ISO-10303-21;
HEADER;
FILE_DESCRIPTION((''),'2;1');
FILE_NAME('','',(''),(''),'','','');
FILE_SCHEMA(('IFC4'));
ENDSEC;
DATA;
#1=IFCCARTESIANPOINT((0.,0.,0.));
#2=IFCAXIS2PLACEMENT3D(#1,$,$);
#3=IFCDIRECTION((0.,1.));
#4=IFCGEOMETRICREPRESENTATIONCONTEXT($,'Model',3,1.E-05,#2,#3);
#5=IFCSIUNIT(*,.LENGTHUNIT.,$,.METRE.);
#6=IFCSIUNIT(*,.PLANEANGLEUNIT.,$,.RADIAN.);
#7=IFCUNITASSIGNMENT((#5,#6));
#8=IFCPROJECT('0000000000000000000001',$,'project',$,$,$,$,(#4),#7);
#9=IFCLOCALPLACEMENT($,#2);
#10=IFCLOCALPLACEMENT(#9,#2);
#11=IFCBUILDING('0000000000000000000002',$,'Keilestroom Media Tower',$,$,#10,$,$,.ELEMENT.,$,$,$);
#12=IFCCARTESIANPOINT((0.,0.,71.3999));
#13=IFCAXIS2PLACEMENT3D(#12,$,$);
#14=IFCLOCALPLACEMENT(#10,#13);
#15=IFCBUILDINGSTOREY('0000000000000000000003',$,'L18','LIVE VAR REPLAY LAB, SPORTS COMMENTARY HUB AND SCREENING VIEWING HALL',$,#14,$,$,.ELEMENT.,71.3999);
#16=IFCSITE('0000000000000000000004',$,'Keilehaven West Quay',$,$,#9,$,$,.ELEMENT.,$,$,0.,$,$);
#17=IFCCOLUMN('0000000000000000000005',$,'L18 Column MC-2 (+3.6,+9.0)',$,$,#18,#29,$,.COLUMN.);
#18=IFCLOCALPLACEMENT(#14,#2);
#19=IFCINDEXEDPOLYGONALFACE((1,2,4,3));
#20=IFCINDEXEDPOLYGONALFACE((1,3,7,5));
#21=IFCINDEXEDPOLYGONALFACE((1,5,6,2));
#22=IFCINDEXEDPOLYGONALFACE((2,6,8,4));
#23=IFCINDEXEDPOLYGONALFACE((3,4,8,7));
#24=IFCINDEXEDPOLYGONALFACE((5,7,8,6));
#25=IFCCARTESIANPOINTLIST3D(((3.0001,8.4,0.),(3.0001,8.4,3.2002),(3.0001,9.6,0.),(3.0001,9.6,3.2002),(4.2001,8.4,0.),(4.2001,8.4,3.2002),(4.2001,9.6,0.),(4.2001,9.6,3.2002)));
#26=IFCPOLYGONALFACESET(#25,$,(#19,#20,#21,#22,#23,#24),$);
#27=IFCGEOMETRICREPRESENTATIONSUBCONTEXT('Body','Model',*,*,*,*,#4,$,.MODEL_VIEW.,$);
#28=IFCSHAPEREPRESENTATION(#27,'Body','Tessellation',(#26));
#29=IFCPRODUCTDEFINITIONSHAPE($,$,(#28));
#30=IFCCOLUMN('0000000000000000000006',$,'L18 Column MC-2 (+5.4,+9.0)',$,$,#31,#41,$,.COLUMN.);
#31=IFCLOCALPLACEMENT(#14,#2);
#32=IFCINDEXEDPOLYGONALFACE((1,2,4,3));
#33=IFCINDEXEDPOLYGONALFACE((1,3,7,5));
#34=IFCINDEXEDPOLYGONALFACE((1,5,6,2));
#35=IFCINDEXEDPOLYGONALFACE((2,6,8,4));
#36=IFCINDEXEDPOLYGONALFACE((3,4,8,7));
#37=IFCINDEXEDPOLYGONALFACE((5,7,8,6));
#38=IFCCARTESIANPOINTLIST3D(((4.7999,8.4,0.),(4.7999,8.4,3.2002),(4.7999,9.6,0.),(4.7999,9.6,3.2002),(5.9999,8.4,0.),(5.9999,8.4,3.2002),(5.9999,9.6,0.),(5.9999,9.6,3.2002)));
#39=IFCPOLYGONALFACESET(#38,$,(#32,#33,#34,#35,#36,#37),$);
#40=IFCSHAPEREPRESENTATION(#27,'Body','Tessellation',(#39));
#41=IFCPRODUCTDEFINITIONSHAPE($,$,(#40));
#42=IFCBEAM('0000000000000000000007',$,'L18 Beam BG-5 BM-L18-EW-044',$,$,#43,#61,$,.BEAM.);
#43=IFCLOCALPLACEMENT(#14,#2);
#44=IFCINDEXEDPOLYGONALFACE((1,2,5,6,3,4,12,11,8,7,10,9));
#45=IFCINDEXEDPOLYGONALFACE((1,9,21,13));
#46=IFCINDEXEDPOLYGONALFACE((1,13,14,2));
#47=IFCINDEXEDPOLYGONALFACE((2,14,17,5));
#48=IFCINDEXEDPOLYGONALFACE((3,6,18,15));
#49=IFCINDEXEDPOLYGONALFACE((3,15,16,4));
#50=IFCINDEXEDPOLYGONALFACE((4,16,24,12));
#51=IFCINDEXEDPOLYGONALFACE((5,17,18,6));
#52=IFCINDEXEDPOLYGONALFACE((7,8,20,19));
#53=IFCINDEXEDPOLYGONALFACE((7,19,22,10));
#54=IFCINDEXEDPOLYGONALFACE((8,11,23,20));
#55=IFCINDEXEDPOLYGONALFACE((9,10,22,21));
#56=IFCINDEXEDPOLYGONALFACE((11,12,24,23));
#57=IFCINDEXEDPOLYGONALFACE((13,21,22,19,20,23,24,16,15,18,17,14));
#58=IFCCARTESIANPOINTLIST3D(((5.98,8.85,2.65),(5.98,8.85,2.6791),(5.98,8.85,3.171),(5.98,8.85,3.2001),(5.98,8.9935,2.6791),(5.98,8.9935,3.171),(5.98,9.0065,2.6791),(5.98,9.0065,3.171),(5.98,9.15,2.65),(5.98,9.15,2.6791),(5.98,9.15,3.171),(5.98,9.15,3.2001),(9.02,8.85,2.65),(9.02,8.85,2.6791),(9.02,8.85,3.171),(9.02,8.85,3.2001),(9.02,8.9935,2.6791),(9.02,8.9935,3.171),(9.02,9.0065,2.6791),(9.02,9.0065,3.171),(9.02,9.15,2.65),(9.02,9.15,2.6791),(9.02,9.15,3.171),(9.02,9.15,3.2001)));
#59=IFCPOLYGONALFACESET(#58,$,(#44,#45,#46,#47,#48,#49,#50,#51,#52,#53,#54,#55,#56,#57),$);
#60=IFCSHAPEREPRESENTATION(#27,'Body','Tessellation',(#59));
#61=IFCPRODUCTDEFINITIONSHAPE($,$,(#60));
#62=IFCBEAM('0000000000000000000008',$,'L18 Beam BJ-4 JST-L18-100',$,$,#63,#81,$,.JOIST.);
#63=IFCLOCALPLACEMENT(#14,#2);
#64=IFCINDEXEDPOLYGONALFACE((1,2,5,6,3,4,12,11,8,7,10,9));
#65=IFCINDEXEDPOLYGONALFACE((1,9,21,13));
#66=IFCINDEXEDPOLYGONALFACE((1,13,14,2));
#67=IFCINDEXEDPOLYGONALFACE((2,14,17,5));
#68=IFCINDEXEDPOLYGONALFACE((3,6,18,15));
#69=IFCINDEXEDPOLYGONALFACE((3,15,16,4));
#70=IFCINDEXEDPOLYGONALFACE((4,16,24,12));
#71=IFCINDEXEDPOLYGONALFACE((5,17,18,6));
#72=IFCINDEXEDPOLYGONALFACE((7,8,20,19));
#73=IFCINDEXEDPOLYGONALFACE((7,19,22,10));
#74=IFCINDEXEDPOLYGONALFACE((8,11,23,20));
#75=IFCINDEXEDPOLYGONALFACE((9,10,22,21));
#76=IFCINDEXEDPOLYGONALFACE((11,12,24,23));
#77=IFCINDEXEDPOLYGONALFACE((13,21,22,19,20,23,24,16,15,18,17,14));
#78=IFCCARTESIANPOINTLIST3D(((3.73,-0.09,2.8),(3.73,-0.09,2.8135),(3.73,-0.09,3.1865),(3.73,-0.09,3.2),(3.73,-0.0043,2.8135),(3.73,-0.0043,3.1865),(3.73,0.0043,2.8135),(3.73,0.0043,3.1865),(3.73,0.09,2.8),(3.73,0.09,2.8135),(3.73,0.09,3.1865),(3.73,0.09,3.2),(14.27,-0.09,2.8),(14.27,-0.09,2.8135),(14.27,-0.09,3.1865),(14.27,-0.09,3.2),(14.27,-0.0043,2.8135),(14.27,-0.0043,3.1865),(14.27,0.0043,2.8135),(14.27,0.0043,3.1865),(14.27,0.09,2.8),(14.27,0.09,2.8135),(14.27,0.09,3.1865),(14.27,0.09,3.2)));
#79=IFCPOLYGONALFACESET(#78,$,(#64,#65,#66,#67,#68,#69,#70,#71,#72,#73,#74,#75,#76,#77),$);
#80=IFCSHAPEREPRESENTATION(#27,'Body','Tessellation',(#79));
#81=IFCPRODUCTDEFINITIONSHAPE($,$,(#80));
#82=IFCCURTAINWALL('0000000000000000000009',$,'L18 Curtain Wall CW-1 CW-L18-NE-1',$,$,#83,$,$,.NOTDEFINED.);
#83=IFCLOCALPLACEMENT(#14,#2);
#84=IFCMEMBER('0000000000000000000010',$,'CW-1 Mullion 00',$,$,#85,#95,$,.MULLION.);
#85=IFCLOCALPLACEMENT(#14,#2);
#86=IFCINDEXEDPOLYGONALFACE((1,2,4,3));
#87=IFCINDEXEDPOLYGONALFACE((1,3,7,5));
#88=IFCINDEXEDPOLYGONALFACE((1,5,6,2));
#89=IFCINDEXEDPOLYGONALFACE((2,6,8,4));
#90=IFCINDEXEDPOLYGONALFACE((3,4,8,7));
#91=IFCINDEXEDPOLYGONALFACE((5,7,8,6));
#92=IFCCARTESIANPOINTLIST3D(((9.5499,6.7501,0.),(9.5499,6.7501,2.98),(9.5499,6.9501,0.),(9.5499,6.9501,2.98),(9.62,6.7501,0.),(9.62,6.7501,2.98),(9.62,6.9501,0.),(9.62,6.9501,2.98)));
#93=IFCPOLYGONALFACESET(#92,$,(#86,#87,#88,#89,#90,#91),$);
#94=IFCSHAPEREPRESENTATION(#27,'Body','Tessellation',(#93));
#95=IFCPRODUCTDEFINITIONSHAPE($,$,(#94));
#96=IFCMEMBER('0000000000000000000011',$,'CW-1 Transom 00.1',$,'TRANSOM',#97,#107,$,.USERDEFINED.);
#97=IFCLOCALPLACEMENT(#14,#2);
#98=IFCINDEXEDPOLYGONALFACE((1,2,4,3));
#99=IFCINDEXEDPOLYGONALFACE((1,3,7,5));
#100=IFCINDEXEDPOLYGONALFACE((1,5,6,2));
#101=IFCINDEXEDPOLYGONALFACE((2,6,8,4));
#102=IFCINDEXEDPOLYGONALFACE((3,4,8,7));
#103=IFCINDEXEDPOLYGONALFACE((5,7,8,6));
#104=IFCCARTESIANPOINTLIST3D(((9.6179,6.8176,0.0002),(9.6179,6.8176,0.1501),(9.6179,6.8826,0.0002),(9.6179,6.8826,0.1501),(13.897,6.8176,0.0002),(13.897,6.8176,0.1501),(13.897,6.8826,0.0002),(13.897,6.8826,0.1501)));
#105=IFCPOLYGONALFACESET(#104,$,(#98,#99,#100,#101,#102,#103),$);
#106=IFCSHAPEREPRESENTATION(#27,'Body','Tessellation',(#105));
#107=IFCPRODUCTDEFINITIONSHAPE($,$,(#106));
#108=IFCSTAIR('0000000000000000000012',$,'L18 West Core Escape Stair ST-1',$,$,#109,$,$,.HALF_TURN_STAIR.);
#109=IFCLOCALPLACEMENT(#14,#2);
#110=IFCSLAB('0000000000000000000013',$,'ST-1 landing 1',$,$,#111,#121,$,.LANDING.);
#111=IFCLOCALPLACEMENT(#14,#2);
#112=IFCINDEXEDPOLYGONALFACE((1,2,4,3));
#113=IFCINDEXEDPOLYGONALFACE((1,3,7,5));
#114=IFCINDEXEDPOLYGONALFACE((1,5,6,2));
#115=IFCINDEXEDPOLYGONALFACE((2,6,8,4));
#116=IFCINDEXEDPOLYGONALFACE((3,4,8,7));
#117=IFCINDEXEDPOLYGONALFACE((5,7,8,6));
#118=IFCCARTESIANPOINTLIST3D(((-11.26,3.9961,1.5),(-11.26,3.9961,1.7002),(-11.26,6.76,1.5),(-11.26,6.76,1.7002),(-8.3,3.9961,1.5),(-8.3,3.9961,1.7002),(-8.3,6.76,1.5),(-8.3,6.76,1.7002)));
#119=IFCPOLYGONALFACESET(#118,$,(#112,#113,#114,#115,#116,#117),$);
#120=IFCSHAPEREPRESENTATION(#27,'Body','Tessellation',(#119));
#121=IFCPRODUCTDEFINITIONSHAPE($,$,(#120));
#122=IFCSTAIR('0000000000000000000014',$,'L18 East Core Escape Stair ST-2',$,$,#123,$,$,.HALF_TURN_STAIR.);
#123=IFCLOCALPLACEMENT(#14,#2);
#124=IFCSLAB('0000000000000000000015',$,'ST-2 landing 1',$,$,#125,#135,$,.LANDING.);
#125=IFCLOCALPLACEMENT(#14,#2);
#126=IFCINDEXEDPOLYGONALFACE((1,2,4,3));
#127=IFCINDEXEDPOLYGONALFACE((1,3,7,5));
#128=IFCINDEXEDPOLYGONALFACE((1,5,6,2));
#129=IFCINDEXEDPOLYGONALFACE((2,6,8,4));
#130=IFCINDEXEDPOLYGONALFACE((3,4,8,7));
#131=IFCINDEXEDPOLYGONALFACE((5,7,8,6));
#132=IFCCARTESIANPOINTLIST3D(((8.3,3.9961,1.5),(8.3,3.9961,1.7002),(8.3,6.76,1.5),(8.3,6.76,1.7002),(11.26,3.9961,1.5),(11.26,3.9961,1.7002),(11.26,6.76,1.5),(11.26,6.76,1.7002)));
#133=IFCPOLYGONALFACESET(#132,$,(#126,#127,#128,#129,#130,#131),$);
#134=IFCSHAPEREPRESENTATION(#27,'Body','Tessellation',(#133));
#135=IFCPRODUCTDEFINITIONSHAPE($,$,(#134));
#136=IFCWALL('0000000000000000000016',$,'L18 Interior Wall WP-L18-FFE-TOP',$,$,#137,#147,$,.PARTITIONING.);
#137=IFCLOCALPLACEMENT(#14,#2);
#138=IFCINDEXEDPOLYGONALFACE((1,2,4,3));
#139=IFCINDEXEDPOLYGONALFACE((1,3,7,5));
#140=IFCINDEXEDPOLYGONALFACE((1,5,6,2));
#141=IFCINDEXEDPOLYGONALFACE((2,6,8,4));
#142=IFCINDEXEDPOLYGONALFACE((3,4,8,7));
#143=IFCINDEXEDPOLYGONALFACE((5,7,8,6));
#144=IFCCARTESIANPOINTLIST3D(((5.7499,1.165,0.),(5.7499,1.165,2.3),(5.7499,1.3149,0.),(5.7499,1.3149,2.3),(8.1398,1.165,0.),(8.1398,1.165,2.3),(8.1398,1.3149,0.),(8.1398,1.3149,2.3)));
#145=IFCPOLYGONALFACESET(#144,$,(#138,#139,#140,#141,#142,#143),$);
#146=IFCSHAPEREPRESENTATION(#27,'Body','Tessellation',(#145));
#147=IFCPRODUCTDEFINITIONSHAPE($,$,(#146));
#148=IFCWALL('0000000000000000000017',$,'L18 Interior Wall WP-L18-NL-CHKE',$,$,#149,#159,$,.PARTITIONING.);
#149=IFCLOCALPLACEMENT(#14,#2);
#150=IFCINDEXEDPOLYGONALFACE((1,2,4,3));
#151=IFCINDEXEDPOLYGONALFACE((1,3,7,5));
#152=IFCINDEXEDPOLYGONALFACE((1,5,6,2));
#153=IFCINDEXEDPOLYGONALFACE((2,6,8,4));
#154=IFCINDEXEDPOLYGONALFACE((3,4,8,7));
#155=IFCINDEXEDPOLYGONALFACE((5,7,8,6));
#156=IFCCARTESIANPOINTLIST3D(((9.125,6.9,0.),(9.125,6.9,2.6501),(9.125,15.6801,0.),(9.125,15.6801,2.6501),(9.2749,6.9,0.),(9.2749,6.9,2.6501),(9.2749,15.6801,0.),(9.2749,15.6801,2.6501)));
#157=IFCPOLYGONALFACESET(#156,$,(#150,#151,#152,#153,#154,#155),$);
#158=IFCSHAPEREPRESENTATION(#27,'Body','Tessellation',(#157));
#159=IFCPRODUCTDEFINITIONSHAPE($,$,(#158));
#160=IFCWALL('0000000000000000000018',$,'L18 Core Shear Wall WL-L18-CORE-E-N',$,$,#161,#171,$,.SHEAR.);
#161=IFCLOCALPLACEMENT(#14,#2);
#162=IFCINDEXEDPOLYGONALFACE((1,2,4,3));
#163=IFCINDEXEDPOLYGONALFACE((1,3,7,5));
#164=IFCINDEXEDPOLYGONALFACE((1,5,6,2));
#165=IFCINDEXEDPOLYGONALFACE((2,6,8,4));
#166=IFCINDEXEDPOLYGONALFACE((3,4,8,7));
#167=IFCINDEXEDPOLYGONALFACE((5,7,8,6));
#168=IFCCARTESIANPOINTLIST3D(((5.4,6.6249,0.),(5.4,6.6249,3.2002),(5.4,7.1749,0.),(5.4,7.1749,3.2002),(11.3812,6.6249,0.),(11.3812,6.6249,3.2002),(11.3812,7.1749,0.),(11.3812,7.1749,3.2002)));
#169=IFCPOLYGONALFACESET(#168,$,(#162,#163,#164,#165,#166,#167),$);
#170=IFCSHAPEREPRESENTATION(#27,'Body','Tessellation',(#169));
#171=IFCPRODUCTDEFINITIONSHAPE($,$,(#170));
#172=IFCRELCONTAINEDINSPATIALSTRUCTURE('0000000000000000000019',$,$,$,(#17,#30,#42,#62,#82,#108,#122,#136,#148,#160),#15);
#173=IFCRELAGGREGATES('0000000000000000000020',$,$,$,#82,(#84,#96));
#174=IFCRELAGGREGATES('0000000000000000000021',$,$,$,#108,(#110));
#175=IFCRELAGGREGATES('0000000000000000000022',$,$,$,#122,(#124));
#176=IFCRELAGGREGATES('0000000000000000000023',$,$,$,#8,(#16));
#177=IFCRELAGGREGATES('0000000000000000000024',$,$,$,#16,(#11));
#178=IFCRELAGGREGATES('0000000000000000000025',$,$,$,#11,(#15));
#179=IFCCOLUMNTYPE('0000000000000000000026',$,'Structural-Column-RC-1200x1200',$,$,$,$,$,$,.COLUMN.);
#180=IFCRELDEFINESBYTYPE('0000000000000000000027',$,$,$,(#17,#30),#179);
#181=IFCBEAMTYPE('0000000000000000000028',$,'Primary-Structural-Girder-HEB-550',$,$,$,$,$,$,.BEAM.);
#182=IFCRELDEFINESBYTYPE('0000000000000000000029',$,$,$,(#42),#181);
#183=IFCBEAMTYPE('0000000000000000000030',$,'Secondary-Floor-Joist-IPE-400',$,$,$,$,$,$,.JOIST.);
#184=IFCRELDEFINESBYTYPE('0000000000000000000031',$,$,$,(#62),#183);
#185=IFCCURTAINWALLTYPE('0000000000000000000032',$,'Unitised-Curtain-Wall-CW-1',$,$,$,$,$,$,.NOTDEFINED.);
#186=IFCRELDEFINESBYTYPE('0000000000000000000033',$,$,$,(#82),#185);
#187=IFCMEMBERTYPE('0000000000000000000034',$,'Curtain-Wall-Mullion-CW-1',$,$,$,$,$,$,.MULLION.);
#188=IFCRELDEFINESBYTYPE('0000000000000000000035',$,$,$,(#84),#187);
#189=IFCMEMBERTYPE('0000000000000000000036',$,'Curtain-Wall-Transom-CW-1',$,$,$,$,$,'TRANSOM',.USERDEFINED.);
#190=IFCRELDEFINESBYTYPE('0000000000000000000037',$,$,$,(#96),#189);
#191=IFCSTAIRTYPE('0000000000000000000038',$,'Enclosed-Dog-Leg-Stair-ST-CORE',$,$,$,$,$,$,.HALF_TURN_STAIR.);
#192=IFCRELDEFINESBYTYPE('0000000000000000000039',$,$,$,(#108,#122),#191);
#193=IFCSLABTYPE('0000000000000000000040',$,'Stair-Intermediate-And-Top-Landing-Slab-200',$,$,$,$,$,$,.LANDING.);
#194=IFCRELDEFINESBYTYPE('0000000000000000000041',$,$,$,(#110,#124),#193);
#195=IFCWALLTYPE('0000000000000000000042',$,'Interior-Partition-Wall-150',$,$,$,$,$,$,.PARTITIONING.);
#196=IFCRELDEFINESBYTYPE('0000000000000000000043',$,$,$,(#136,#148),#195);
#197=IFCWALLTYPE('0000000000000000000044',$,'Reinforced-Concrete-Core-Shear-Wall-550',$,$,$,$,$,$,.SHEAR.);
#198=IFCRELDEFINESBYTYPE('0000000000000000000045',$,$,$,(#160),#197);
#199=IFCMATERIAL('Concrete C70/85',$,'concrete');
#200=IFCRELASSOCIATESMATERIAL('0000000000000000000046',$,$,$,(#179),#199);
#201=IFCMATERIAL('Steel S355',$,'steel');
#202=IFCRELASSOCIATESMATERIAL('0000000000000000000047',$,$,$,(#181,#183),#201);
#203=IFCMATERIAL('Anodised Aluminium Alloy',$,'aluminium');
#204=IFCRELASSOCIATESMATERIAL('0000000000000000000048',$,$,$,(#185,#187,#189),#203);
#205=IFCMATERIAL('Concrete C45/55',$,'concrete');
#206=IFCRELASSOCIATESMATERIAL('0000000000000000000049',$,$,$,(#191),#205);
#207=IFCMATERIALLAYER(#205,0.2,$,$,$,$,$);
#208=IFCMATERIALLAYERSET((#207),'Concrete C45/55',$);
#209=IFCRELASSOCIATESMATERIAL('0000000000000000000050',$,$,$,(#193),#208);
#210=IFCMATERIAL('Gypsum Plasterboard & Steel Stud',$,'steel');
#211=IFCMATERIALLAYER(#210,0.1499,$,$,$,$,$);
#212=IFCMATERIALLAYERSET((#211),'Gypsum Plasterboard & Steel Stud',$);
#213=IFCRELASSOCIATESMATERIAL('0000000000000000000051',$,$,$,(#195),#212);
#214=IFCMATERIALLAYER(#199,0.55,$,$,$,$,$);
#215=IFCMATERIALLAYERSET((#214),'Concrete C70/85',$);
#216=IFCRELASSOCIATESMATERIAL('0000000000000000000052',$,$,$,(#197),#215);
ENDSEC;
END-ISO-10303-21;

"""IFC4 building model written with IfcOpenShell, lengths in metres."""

from ifc_helpers import new_model, si_unit, direction, frame, frame_2d, origin, origin_2d, place, context, subcontext, project, spatial, polyline, rectangle, i_section, outline, extrude, source, transform, mapped, material, layer, layer_set, material_profile, profile_set, type_object, element, aggregate, save


model = new_model("IFC4")

# Units and contexts
model_context = context("Model", 3, precision=1e-05, world=origin(), true_north=direction((0.0, 1.0)))
body_context = subcontext(model_context, "Body", "Model", "MODEL_VIEW")
ifc_project = project(units=[si_unit("LENGTHUNIT", "METRE"), si_unit("PLANEANGLEUNIT", "RADIAN")], contexts=[model_context])

# Site, building, storey
site_placement = place(None, origin())
site = spatial("IfcSite", under=ifc_project, at=site_placement, Name="Keilehaven West Quay", CompositionType="ELEMENT", RefElevation=0.0)
building_placement = place(site_placement, origin())
building = spatial("IfcBuilding", under=site, at=building_placement, Name="Keilestroom Media Tower", CompositionType="ELEMENT")
storey_placement = place(building_placement, frame((0.0, 0.0, 71.3999)))
storey = spatial("IfcBuildingStorey", under=building, at=storey_placement, Name="L18", Description="LIVE VAR REPLAY LAB, SPORTS COMMENTARY HUB AND SCREENING VIEWING HALL", CompositionType="ELEMENT", Elevation=71.3999)

# Columns
ifc_material_1 = material(Name="Concrete C70/85", Category="concrete")
ifc_material_profile_1 = material_profile(ifc_material_1, rectangle(XDim=1.2, YDim=1.2, at=origin_2d()), Name="RC 1200x1200")
ifc_profile_set_1 = profile_set([ifc_material_profile_1], Name="Concrete C70/85")
column_type = type_object("IfcColumnType", Name="Structural-Column-RC-1200x1200", PredefinedType="COLUMN", material=ifc_profile_set_1)
shared_shape_1 = source(origin(), body_context, "Body", "SweptSolid", [
    extrude(rectangle(XDim=1.2, YDim=1.2, at=origin_2d()), origin(), (0.0, 0.0, 1.0), 3.2002),
])
for number, where, z_axis, x_axis, name in (
    (1, (3.6001, 9.0, 0.0), (0.0, 0.0, 1.0), (1.0, 0.0, 0.0), "L18 Column MC-2 (+3.6,+9.0)"),
    (2, (5.3999, 9.0, 0.0), (0.0, 0.0, 1.0), (1.0, 0.0, 0.0), "L18 Column MC-2 (+5.4,+9.0)"),
):
    element("IfcColumn", number, at=place(storey_placement, frame(where, z_axis=z_axis, x_axis=x_axis)), inside=storey, type_object=column_type, Name=name, PredefinedType="COLUMN", context=body_context, shape_type="MappedRepresentation", body=[
        mapped(shared_shape_1, transform((0.0, 0.0, 0.0), x_axis=(1.0, 0.0, 0.0), y_axis=(0.0, 1.0, 0.0), z_axis=(0.0, 0.0, 1.0), scale=1.0)),
    ])

# Beams
ifc_material_2 = material(Name="Steel S355", Category="steel")
ifc_material_profile_2 = material_profile(ifc_material_2, i_section(OverallWidth=0.3, OverallDepth=0.55, WebThickness=0.0129, FlangeThickness=0.0291, at=origin_2d()), Name="HEB 550")
ifc_profile_set_2 = profile_set([ifc_material_profile_2], Name="Steel S355")
beam_type_1 = type_object("IfcBeamType", Name="Primary-Structural-Girder-HEB-550", PredefinedType="BEAM", material=ifc_profile_set_2)
shared_shape_2 = source(origin(), body_context, "Body", "SweptSolid", [
    extrude(i_section(OverallWidth=0.3, OverallDepth=0.55, WebThickness=0.0129, FlangeThickness=0.0291, at=origin_2d()), origin(), (0.0, 0.0, 1.0), 3.04),
])
beam_1_placement = place(storey_placement, frame((5.98, 9.0, 2.925), z_axis=(1.0, 0.0, 0.0), x_axis=(0.0, 1.0, 0.0)))
element("IfcBeam", 3, at=beam_1_placement, inside=storey, type_object=beam_type_1, Name="L18 Beam BG-5 BM-L18-EW-044", PredefinedType="BEAM", context=body_context, shape_type="MappedRepresentation", body=[
    mapped(shared_shape_2, transform((0.0, 0.0, 0.0), x_axis=(1.0, 0.0, 0.0), y_axis=(0.0, 1.0, 0.0), z_axis=(0.0, 0.0, 1.0), scale=1.0)),
])
ifc_material_profile_3 = material_profile(ifc_material_2, i_section(OverallWidth=0.1799, OverallDepth=0.3999, WebThickness=0.0085, FlangeThickness=0.0134, at=origin_2d()), Name="IPE 400")
ifc_profile_set_3 = profile_set([ifc_material_profile_3], Name="Steel S355")
beam_type_2 = type_object("IfcBeamType", Name="Secondary-Floor-Joist-IPE-400", PredefinedType="JOIST", material=ifc_profile_set_3)
shared_shape_3 = source(origin(), body_context, "Body", "SweptSolid", [
    extrude(i_section(OverallWidth=0.1799, OverallDepth=0.3999, WebThickness=0.0085, FlangeThickness=0.0134, at=origin_2d()), origin(), (0.0, 0.0, 1.0), 10.54),
])
beam_2_placement = place(storey_placement, frame((3.73, 0.0, 3.0), z_axis=(1.0, 0.0, 0.0), x_axis=(0.0, 1.0, 0.0)))
element("IfcBeam", 4, at=beam_2_placement, inside=storey, type_object=beam_type_2, Name="L18 Beam BJ-4 JST-L18-100", PredefinedType="JOIST", context=body_context, shape_type="MappedRepresentation", body=[
    mapped(shared_shape_3, transform((0.0, 0.0, 0.0), x_axis=(1.0, 0.0, 0.0), y_axis=(0.0, 1.0, 0.0), z_axis=(0.0, 0.0, 1.0), scale=1.0)),
])

# Curtain wall, members
ifc_material_3 = material(Name="Anodised Aluminium Alloy", Category="aluminium")
curtain_wall_type = type_object("IfcCurtainWallType", Name="Unitised-Curtain-Wall-CW-1", PredefinedType="NOTDEFINED", material=ifc_material_3)
curtain_wall_placement = place(storey_placement, origin())
curtain_wall = element("IfcCurtainWall", 5, at=curtain_wall_placement, inside=storey, type_object=curtain_wall_type, Name="L18 Curtain Wall CW-1 CW-L18-NE-1", PredefinedType="NOTDEFINED")
ifc_material_profile_4 = material_profile(ifc_material_3, rectangle(XDim=0.0701, YDim=0.2, at=origin_2d()), Name="ALU MULLION 70x200")
ifc_profile_set_4 = profile_set([ifc_material_profile_4], Name="Anodised Aluminium Alloy")
member_type_1 = type_object("IfcMemberType", Name="Curtain-Wall-Mullion-CW-1", PredefinedType="MULLION", material=ifc_profile_set_4)
shared_shape_4 = source(origin(), body_context, "Body", "SweptSolid", [
    extrude(rectangle(XDim=0.0701, YDim=0.2, at=origin_2d()), origin(), (0.0, 0.0, 1.0), 2.98),
])
member_1_placement = place(storey_placement, frame((9.585, 6.8501, 0.0), z_axis=(0.0, 0.0, 1.0), x_axis=(1.0, 0.0, 0.0)))
member_1 = element("IfcMember", 6, at=member_1_placement, type_object=member_type_1, Name="CW-1 Mullion 00", PredefinedType="MULLION", context=body_context, shape_type="MappedRepresentation", body=[
    mapped(shared_shape_4, transform((0.0, 0.0, 0.0), x_axis=(1.0, 0.0, 0.0), y_axis=(0.0, 1.0, 0.0), z_axis=(0.0, 0.0, 1.0), scale=1.0)),
])
ifc_material_profile_5 = material_profile(ifc_material_3, rectangle(XDim=0.0649, YDim=0.1499, at=origin_2d()), Name="ALU TRANSOM 65x150")
ifc_profile_set_5 = profile_set([ifc_material_profile_5], Name="Anodised Aluminium Alloy")
member_type_2 = type_object("IfcMemberType", Name="Curtain-Wall-Transom-CW-1", ElementType="TRANSOM", PredefinedType="USERDEFINED", material=ifc_profile_set_5)
shared_shape_5 = source(origin(), body_context, "Body", "SweptSolid", [
    extrude(rectangle(XDim=0.0649, YDim=0.1499, at=origin_2d()), origin(), (0.0, 0.0, 1.0), 4.2791),
])
member_2_placement = place(storey_placement, frame((9.6179, 6.8501, 0.0752), z_axis=(1.0, 0.0, 0.0), x_axis=(0.0, 1.0, 0.0)))
member_2 = element("IfcMember", 7, at=member_2_placement, type_object=member_type_2, Name="CW-1 Transom 00.1", ObjectType="TRANSOM", PredefinedType="USERDEFINED", context=body_context, shape_type="MappedRepresentation", body=[
    mapped(shared_shape_5, transform((0.0, 0.0, 0.0), x_axis=(1.0, 0.0, 0.0), y_axis=(0.0, 1.0, 0.0), z_axis=(0.0, 0.0, 1.0), scale=1.0)),
])
aggregate(curtain_wall, [member_1, member_2])

# Stairs, slabs
ifc_material_4 = material(Name="Concrete C45/55", Category="concrete")
stair_type = type_object("IfcStairType", Name="Enclosed-Dog-Leg-Stair-ST-CORE", PredefinedType="HALF_TURN_STAIR", material=ifc_material_4)
stair_1_placement = place(storey_placement, origin())
stair_1 = element("IfcStair", 8, at=stair_1_placement, inside=storey, type_object=stair_type, Name="L18 West Core Escape Stair ST-1", PredefinedType="HALF_TURN_STAIR")
ifc_layer_1 = layer(ifc_material_4, 0.2)
ifc_layer_set_1 = layer_set([ifc_layer_1], Name="Concrete C45/55")
slab_type = type_object("IfcSlabType", Name="Stair-Intermediate-And-Top-Landing-Slab-200", PredefinedType="LANDING", material=ifc_layer_set_1)
slab_1_placement = place(storey_placement, frame((0.0, 0.0, 1.5)))
slab_1 = element("IfcSlab", 9, at=slab_1_placement, type_object=slab_type, Name="ST-1 landing 1", PredefinedType="LANDING", context=body_context, shape_type="SweptSolid", body=[
    extrude(outline(polyline([(-8.3, 3.9961), (-8.3, 6.76), (-11.26, 6.76), (-11.26, 3.9961), (-8.3, 3.9961)])), origin(), (0.0, 0.0, 1.0), 0.2002),
])
aggregate(stair_1, [slab_1])
stair_2_placement = place(storey_placement, origin())
stair_2 = element("IfcStair", 10, at=stair_2_placement, inside=storey, type_object=stair_type, Name="L18 East Core Escape Stair ST-2", PredefinedType="HALF_TURN_STAIR")
slab_2_placement = place(storey_placement, frame((0.0, 0.0, 1.5)))
slab_2 = element("IfcSlab", 11, at=slab_2_placement, type_object=slab_type, Name="ST-2 landing 1", PredefinedType="LANDING", context=body_context, shape_type="SweptSolid", body=[
    extrude(outline(polyline([(11.26, 3.9961), (11.26, 6.76), (8.3, 6.76), (8.3, 3.9961), (11.26, 3.9961)])), origin(), (0.0, 0.0, 1.0), 0.2002),
])

# Walls
ifc_material_5 = material(Name="Gypsum Plasterboard & Steel Stud", Category="steel")
ifc_layer_2 = layer(ifc_material_5, 0.1499)
ifc_layer_set_2 = layer_set([ifc_layer_2], Name="Gypsum Plasterboard & Steel Stud")
wall_type_1 = type_object("IfcWallType", Name="Interior-Partition-Wall-150", PredefinedType="PARTITIONING", material=ifc_layer_set_2)
wall_1_placement = place(storey_placement, frame((5.75, 1.24, 0.0), z_axis=(0.0, 0.0, 1.0), x_axis=(1.0, 0.0, 0.0)))
element("IfcWall", 12, at=wall_1_placement, inside=storey, type_object=wall_type_1, Name="L18 Interior Wall WP-L18-FFE-TOP", PredefinedType="PARTITIONING", context=body_context, shape_type="SweptSolid", body=[
    extrude(rectangle(XDim=2.3899, YDim=0.1499, at=frame_2d((1.1948, 0.0))), origin(), (0.0, 0.0, 1.0), 2.3),
])
wall_2_placement = place(storey_placement, frame((9.2, 6.8999, 0.0), z_axis=(0.0, 0.0, 1.0), x_axis=(0.0, 1.0, 0.0)))
element("IfcWall", 13, at=wall_2_placement, inside=storey, type_object=wall_type_1, Name="L18 Interior Wall WP-L18-NL-CHKE", PredefinedType="PARTITIONING", context=body_context, shape_type="SweptSolid", body=[
    extrude(rectangle(XDim=8.78, YDim=0.1499, at=frame_2d((4.3901, 0.0))), origin(), (0.0, 0.0, 1.0), 2.6501),
])
ifc_layer_3 = layer(ifc_material_1, 0.55)
ifc_layer_set_3 = layer_set([ifc_layer_3], Name="Concrete C70/85")
wall_type_2 = type_object("IfcWallType", Name="Reinforced-Concrete-Core-Shear-Wall-550", PredefinedType="SHEAR", material=ifc_layer_set_3)
wall_3_placement = place(storey_placement, frame((5.3999, 6.8999, 0.0), z_axis=(0.0, 0.0, 1.0), x_axis=(1.0, 0.0, 0.0)))
element("IfcWall", 14, at=wall_3_placement, inside=storey, type_object=wall_type_2, Name="L18 Core Shear Wall WL-L18-CORE-E-N", PredefinedType="SHEAR", context=body_context, shape_type="SweptSolid", body=[
    extrude(rectangle(XDim=5.9812, YDim=0.55, at=frame_2d((2.9907, 0.0))), origin(), (0.0, 0.0, 1.0), 3.2002),
])

aggregate(stair_2, [slab_2])

save(model, "model.ifc")
